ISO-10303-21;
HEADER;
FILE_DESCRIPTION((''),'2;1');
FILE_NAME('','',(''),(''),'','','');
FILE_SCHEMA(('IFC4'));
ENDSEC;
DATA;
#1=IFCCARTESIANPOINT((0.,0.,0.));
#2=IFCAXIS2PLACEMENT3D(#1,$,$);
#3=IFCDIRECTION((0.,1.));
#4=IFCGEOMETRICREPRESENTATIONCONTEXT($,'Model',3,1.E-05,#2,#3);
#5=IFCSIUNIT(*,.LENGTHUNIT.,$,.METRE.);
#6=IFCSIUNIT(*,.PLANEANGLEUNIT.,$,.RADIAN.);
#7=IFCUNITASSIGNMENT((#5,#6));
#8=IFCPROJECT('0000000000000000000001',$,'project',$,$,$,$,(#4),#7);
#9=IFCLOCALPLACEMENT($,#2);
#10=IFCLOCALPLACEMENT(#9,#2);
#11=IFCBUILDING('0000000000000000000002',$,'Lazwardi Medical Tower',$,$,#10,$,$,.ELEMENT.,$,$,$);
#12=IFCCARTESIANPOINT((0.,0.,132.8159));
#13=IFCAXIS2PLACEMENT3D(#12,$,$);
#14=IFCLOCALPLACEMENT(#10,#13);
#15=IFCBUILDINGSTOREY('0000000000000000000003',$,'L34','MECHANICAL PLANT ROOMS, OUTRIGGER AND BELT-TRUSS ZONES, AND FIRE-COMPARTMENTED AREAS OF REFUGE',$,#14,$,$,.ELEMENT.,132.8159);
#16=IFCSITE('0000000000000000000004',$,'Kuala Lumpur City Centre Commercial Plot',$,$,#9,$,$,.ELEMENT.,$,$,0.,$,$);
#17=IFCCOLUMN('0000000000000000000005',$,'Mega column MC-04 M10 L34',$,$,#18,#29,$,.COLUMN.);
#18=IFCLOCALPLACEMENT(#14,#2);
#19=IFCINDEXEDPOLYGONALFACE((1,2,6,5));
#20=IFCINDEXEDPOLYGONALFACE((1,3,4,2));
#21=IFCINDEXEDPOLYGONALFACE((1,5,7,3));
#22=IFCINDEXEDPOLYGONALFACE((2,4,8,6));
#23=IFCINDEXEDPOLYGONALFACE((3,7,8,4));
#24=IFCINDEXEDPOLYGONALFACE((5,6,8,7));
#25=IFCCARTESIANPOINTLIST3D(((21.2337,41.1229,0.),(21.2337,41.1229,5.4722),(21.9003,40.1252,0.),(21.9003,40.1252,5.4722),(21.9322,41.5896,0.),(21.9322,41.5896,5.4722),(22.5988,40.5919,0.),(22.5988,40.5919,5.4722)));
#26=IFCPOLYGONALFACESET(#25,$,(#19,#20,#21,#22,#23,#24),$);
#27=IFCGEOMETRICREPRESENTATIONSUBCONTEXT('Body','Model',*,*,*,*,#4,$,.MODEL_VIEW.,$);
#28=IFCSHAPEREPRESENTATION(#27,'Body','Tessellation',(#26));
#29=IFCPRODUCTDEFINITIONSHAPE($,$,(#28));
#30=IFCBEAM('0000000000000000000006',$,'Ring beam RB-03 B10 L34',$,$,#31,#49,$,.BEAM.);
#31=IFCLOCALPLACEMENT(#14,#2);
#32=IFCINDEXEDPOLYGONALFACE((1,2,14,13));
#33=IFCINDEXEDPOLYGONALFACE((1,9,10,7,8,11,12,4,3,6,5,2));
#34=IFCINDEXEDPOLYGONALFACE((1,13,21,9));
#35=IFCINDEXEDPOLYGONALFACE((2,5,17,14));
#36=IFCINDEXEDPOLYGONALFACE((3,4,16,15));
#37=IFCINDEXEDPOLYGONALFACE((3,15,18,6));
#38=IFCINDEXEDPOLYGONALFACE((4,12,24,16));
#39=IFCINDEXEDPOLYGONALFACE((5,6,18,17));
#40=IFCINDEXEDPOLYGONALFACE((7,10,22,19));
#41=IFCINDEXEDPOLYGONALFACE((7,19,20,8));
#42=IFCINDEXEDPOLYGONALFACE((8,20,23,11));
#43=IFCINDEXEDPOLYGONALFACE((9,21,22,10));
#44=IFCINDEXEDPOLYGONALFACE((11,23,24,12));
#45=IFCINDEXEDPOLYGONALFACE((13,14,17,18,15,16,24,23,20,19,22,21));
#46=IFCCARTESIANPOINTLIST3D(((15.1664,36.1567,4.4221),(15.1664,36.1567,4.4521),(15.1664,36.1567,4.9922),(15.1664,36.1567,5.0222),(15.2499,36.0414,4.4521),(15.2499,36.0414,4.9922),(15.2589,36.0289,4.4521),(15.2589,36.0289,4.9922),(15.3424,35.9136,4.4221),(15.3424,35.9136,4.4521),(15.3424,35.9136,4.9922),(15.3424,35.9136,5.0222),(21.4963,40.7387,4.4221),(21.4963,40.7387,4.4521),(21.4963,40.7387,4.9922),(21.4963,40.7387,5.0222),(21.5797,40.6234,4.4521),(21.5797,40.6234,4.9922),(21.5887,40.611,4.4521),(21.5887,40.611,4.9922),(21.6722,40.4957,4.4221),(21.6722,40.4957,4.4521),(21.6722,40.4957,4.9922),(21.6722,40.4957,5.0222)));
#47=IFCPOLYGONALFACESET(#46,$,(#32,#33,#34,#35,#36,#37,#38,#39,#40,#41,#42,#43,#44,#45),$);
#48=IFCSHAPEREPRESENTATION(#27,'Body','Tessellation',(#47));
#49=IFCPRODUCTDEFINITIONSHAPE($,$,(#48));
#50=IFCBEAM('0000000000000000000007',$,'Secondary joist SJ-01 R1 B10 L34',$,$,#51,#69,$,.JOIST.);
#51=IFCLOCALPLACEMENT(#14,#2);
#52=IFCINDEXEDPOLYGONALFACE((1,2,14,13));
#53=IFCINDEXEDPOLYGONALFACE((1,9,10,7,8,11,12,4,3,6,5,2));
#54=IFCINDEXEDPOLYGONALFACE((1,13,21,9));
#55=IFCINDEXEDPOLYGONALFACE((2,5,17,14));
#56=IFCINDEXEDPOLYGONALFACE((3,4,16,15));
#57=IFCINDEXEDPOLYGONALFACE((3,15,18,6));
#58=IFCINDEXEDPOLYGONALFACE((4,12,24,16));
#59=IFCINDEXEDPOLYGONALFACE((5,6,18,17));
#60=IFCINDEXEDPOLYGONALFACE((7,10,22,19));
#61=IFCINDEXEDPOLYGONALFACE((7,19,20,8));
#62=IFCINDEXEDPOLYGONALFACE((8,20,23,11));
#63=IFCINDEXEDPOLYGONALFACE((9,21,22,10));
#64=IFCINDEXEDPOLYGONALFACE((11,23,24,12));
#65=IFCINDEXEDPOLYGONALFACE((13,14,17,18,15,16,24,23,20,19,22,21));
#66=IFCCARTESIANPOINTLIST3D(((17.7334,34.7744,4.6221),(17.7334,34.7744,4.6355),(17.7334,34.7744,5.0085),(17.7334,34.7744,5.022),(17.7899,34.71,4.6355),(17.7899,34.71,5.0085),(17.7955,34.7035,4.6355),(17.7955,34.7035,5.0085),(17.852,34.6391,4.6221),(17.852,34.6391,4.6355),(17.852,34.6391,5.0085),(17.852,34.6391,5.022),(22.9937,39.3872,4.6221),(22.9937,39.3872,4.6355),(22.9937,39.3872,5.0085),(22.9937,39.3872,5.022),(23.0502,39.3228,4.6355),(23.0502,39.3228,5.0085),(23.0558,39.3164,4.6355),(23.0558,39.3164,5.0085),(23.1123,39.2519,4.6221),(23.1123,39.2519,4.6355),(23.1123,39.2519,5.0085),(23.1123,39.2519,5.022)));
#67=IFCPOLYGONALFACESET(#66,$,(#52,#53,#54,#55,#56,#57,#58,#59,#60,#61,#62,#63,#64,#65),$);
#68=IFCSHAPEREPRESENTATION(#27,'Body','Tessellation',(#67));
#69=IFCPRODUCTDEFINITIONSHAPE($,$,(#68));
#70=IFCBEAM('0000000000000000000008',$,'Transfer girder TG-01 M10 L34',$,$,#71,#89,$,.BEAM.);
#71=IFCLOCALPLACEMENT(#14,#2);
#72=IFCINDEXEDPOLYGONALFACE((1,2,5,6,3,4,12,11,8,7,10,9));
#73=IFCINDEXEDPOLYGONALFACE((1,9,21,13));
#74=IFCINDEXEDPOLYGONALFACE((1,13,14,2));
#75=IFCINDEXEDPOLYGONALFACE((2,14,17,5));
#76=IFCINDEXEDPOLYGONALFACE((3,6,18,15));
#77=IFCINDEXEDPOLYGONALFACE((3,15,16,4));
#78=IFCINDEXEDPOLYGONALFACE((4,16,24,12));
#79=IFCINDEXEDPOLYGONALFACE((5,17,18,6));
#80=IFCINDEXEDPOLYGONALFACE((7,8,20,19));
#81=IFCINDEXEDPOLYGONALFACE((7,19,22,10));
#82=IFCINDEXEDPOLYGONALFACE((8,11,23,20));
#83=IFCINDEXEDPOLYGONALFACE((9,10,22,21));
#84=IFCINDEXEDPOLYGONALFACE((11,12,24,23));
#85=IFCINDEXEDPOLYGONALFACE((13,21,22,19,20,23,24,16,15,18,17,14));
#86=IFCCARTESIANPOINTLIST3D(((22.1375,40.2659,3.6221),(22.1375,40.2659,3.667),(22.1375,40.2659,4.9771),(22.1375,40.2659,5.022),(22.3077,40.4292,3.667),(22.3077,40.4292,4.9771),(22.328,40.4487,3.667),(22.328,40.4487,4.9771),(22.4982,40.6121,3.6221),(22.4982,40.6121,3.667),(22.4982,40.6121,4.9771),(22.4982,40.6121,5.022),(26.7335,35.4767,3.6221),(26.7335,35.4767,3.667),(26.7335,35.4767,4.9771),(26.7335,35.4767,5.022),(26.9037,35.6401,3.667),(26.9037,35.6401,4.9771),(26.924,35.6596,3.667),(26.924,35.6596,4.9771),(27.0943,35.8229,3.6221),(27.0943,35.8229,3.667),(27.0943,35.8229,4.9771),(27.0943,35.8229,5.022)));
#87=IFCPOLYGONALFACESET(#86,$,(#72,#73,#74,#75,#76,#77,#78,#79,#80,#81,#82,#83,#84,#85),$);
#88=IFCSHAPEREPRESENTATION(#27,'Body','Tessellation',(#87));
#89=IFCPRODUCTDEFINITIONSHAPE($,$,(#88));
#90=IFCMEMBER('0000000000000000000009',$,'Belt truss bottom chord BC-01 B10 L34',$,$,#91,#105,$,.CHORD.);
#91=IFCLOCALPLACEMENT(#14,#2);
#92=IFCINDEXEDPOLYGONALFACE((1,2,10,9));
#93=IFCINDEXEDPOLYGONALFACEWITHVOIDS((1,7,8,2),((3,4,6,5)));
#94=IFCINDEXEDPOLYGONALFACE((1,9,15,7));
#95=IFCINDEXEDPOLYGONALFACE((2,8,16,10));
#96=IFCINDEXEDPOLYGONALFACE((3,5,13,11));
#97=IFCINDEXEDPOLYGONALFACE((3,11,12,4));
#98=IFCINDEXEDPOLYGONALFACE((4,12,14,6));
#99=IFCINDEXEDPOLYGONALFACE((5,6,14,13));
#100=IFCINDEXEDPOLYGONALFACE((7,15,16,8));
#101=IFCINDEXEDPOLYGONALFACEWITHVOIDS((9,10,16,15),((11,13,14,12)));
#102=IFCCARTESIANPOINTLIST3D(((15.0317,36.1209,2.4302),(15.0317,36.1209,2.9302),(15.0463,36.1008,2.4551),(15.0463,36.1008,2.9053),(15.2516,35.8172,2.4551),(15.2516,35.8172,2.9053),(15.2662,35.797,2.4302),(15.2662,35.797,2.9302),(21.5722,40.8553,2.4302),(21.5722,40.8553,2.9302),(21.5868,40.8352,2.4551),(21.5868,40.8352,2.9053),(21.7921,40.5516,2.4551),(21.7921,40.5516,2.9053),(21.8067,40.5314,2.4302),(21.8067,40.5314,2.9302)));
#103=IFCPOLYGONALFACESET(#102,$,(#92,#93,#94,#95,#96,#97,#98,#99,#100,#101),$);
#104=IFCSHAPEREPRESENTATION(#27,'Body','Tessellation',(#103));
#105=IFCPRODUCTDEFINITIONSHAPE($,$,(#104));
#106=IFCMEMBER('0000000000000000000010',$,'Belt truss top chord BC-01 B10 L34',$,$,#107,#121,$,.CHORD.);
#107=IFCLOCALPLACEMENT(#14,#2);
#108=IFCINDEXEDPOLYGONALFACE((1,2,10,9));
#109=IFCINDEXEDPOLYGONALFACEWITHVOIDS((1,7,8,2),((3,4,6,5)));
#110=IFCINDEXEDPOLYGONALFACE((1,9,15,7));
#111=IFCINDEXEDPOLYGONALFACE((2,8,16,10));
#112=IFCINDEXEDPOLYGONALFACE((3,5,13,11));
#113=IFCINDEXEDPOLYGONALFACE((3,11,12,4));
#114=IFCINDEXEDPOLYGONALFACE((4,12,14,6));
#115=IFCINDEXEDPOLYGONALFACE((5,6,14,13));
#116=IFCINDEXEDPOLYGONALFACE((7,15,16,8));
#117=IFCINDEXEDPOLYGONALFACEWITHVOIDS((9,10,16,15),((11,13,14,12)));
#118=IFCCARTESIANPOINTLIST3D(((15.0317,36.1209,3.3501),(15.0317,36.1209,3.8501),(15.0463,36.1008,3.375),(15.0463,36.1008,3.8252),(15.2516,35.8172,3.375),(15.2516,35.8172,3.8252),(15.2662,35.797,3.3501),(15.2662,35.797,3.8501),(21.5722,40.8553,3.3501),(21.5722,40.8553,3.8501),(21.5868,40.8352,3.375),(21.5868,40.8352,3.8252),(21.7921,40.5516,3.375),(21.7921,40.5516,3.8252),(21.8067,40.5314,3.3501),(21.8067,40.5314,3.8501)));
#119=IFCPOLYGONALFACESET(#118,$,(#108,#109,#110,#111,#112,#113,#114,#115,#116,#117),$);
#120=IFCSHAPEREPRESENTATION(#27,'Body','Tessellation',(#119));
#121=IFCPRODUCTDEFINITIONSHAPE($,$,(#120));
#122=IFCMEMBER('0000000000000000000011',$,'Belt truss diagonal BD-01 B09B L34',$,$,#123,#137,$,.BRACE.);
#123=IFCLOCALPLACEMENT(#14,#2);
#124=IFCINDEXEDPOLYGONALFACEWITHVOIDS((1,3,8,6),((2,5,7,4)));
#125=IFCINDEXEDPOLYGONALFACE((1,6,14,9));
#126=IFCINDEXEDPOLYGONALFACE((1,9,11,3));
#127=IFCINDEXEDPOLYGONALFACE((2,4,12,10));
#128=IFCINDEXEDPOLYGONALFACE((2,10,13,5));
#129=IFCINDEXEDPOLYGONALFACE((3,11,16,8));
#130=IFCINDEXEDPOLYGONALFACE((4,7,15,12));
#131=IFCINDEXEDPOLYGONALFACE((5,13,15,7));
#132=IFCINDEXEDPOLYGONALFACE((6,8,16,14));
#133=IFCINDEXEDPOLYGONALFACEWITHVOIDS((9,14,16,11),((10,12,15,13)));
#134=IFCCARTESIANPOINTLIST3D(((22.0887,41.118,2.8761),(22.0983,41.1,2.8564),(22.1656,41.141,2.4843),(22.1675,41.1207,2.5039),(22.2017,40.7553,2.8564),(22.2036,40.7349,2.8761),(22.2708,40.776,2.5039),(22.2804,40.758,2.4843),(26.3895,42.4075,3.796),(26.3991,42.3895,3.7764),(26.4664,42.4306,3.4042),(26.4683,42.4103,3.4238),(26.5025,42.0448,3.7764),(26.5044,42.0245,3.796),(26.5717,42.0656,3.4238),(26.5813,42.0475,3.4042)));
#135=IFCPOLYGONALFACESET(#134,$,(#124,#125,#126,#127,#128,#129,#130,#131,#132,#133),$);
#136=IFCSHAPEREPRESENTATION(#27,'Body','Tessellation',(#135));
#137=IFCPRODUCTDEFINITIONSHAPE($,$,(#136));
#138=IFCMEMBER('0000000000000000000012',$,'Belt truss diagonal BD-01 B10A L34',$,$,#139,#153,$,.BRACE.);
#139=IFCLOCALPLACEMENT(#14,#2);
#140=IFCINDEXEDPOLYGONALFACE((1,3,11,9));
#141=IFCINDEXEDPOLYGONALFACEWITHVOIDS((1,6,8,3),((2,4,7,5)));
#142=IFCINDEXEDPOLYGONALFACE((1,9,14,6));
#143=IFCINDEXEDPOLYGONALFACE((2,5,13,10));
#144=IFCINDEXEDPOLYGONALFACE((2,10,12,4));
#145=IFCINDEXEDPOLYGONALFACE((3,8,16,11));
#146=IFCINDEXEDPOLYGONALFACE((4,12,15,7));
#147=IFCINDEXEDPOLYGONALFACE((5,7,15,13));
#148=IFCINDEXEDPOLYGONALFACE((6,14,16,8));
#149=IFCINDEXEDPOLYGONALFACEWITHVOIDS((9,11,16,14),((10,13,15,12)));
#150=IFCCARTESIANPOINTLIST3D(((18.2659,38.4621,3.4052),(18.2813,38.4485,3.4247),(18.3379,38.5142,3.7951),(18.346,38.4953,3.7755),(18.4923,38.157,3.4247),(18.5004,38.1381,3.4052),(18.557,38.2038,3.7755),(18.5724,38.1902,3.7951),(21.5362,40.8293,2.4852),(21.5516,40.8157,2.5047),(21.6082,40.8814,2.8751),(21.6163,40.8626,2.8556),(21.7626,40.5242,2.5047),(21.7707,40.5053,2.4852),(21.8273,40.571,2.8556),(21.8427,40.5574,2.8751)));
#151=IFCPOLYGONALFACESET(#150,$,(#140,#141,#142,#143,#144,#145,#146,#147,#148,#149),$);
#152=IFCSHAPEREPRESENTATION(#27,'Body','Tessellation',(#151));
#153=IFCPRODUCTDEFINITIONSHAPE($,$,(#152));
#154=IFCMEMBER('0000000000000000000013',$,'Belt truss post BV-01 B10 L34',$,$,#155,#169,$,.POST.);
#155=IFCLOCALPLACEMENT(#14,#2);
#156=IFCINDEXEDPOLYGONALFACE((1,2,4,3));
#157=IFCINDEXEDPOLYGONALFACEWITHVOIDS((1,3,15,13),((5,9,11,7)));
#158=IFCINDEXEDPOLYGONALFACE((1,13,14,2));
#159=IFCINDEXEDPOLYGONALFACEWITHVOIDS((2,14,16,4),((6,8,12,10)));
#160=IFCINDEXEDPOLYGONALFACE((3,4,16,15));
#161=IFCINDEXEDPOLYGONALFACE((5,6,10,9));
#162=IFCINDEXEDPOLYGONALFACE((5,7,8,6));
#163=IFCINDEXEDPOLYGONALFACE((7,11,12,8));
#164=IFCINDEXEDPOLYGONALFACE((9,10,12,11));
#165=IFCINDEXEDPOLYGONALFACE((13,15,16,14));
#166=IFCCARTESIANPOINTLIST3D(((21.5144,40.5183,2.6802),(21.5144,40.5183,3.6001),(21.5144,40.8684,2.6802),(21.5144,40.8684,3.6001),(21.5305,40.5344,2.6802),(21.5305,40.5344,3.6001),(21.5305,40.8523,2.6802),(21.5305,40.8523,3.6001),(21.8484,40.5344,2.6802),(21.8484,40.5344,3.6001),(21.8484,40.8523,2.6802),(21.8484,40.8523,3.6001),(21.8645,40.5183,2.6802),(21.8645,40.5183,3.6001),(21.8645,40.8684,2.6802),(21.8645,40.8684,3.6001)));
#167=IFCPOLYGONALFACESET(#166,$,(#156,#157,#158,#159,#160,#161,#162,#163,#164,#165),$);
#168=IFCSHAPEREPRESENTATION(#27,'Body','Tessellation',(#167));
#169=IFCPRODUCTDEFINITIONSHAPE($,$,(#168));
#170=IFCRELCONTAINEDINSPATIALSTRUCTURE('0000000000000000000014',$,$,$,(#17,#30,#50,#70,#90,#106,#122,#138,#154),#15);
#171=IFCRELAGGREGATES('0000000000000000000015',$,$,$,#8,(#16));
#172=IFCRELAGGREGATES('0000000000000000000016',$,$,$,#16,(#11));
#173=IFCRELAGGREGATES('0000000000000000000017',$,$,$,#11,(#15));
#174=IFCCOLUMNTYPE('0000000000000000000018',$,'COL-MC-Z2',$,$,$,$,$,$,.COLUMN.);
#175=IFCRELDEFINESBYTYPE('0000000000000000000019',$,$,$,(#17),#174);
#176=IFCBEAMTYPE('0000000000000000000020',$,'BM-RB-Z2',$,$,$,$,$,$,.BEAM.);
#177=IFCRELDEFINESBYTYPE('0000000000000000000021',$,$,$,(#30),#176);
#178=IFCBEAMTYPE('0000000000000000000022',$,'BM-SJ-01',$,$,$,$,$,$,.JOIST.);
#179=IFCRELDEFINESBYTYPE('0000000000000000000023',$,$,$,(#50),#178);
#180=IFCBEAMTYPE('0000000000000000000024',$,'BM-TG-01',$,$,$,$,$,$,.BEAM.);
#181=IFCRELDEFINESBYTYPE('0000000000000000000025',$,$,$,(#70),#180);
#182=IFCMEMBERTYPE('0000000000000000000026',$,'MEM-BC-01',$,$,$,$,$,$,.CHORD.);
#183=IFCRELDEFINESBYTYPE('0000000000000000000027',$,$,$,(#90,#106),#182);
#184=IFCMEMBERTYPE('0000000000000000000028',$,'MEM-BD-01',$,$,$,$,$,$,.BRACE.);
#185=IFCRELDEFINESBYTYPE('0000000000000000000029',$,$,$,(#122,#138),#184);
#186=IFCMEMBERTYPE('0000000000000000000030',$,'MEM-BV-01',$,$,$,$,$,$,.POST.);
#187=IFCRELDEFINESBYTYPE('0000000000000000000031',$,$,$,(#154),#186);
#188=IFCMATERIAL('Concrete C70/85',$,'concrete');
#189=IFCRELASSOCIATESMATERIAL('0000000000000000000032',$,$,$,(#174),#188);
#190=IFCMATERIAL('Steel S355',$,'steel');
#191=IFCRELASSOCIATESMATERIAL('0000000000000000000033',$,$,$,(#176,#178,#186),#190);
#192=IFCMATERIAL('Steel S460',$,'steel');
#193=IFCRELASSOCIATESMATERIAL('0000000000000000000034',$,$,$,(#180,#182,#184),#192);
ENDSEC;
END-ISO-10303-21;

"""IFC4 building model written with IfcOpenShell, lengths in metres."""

from ifc_helpers import new_model, si_unit, direction, frame, origin, origin_2d, place, context, subcontext, project, spatial, rectangle, hollow_rectangle, i_section, extrude, material, material_profile, profile_set, type_object, element, save


model = new_model("IFC4")

# Units and contexts
model_context = context("Model", 3, precision=1e-05, world=origin(), true_north=direction((0.0, 1.0)))
body_context = subcontext(model_context, "Body", "Model", "MODEL_VIEW")
ifc_project = project(units=[si_unit("LENGTHUNIT", "METRE"), si_unit("PLANEANGLEUNIT", "RADIAN")], contexts=[model_context])

# Site, building, storey
site_placement = place(None, origin())
site = spatial("IfcSite", under=ifc_project, at=site_placement, Name="Kuala Lumpur City Centre Commercial Plot", CompositionType="ELEMENT", RefElevation=0.0)
building_placement = place(site_placement, origin())
building = spatial("IfcBuilding", under=site, at=building_placement, Name="Lazwardi Medical Tower", CompositionType="ELEMENT")
storey_placement = place(building_placement, frame((0.0, 0.0, 132.8159)))
storey = spatial("IfcBuildingStorey", under=building, at=storey_placement, Name="L34", Description="MECHANICAL PLANT ROOMS, OUTRIGGER AND BELT-TRUSS ZONES, AND FIRE-COMPARTMENTED AREAS OF REFUGE", CompositionType="ELEMENT", Elevation=132.8159)

# Column
ifc_material_1 = material(Name="Concrete C70/85", Category="concrete")
ifc_material_profile_1 = material_profile(ifc_material_1, rectangle(XDim=1.2, YDim=0.8401, at=origin_2d()), Name="CFT-RECT 1200x840")
ifc_profile_set_1 = profile_set([ifc_material_profile_1], Name="Concrete C70/85")
column_type = type_object("IfcColumnType", Name="COL-MC-Z2", PredefinedType="COLUMN", material=ifc_profile_set_1)
column_placement = place(storey_placement, frame((21.9163, 40.8574, 0.0), z_axis=(0.0, 0.0, 1.0), x_axis=(-0.55557, 0.83147, 0.0)))
element("IfcColumn", 1, at=column_placement, inside=storey, type_object=column_type, Name="Mega column MC-04 M10 L34", PredefinedType="COLUMN", context=body_context, shape_type="SweptSolid", body=[
    extrude(rectangle(XDim=1.2, YDim=0.8401, at=origin_2d()), origin(), (0.0, 0.0, 1.0), 5.4722),
])

# Beams
ifc_material_2 = material(Name="Steel S355", Category="steel")
ifc_material_profile_2 = material_profile(ifc_material_2, i_section(OverallWidth=0.3, OverallDepth=0.6001, WebThickness=0.0154, FlangeThickness=0.03, at=origin_2d()), Name="HEB 600")
ifc_profile_set_2 = profile_set([ifc_material_profile_2], Name="Steel S355")
beam_type_1 = type_object("IfcBeamType", Name="BM-RB-Z2", PredefinedType="BEAM", material=ifc_profile_set_2)
beam_1_placement = place(storey_placement, frame((21.5842, 40.6172, 4.7222), z_axis=(-0.810042, -0.586372, 0.0), x_axis=(0.586372, -0.810042, 0.0)))
element("IfcBeam", 2, at=beam_1_placement, inside=storey, type_object=beam_type_1, Name="Ring beam RB-03 B10 L34", PredefinedType="BEAM", context=body_context, shape_type="SweptSolid", body=[
    extrude(i_section(OverallWidth=0.3, OverallDepth=0.6001, WebThickness=0.0154, FlangeThickness=0.03, at=origin_2d()), origin(), (0.0, 0.0, 1.0), 7.8142),
])
ifc_material_profile_3 = material_profile(ifc_material_2, i_section(OverallWidth=0.1799, OverallDepth=0.3999, WebThickness=0.0085, FlangeThickness=0.0134, at=origin_2d()), Name="IPE 400")
ifc_profile_set_3 = profile_set([ifc_material_profile_3], Name="Steel S355")
beam_type_2 = type_object("IfcBeamType", Name="BM-SJ-01", PredefinedType="JOIST", material=ifc_profile_set_3)
beam_2_placement = place(storey_placement, frame((23.053, 39.3196, 4.822), z_axis=(-0.751863, -0.659319, 0.0), x_axis=(0.659319, -0.751863, 0.0)))
element("IfcBeam", 3, at=beam_2_placement, inside=storey, type_object=beam_type_2, Name="Secondary joist SJ-01 R1 B10 L34", PredefinedType="JOIST", context=body_context, shape_type="SweptSolid", body=[
    extrude(i_section(OverallWidth=0.1799, OverallDepth=0.3999, WebThickness=0.0085, FlangeThickness=0.0134, at=origin_2d()), origin(), (0.0, 0.0, 1.0), 6.9963),
])
ifc_material_3 = material(Name="Steel S460", Category="steel")
ifc_material_profile_4 = material_profile(ifc_material_3, i_section(OverallWidth=0.5, OverallDepth=1.3999, WebThickness=0.0281, FlangeThickness=0.0449, at=origin_2d()), Name="PG 1400x500")
ifc_profile_set_4 = profile_set([ifc_material_profile_4], Name="Steel S460")
beam_type_3 = type_object("IfcBeamType", Name="BM-TG-01", PredefinedType="BEAM", material=ifc_profile_set_4)
beam_3_placement = place(storey_placement, frame((22.3179, 40.439, 4.322), z_axis=(0.69241, -0.721504, 0.0), x_axis=(0.721504, 0.69241, 0.0)))
element("IfcBeam", 4, at=beam_3_placement, inside=storey, type_object=beam_type_3, Name="Transfer girder TG-01 M10 L34", PredefinedType="BEAM", context=body_context, shape_type="SweptSolid", body=[
    extrude(i_section(OverallWidth=0.5, OverallDepth=1.3999, WebThickness=0.0281, FlangeThickness=0.0449, at=origin_2d()), origin(), (0.0, 0.0, 1.0), 6.6377),
])

# Members
ifc_material_profile_5 = material_profile(ifc_material_3, hollow_rectangle(XDim=0.3999, YDim=0.5, WallThickness=0.0249, at=origin_2d()), Name="RHS 500x400x25")
ifc_profile_set_5 = profile_set([ifc_material_profile_5], Name="Steel S460")
member_type_1 = type_object("IfcMemberType", Name="MEM-BC-01", PredefinedType="CHORD", material=ifc_profile_set_5)
for number, where, z_axis, x_axis, name in (
    (5, (21.6895, 40.6934, 2.6802), (-0.810052, -0.586358, 0.0), (0.586358, -0.810052, 0.0), "Belt truss bottom chord BC-01 B10 L34"),
    (6, (21.6895, 40.6934, 3.6001), (-0.810052, -0.586358, 0.0), (0.586358, -0.810052, 0.0), "Belt truss top chord BC-01 B10 L34"),
):
    element("IfcMember", number, at=place(storey_placement, frame(where, z_axis=z_axis, x_axis=x_axis)), inside=storey, type_object=member_type_1, Name=name, PredefinedType="CHORD", context=body_context, shape_type="SweptSolid", body=[
        extrude(hollow_rectangle(XDim=0.3999, YDim=0.5, WallThickness=0.0249, at=origin_2d()), origin(), (0.0, 0.0, 1.0), 8.0742),
    ])
ifc_material_profile_6 = material_profile(ifc_material_3, hollow_rectangle(XDim=0.3999, YDim=0.3999, WallThickness=0.02, at=origin_2d()), Name="RHS 400x400x20")
ifc_profile_set_6 = profile_set([ifc_material_profile_6], Name="Steel S460")
member_type_2 = type_object("IfcMemberType", Name="MEM-BD-01", PredefinedType="BRACE", material=ifc_profile_set_6)
member_1_placement = place(storey_placement, frame((22.1846, 40.938, 2.6802), z_axis=(0.938375, 0.281363, 0.200715), x_axis=(-0.287208, 0.957868, 0.0)))
element("IfcMember", 7, at=member_1_placement, inside=storey, type_object=member_type_2, Name="Belt truss diagonal BD-01 B09B L34", PredefinedType="BRACE", context=body_context, shape_type="SweptSolid", body=[
    extrude(hollow_rectangle(XDim=0.3999, YDim=0.3999, WallThickness=0.02, at=origin_2d()), origin(), (0.0, 0.0, 1.0), 4.5833),
])
member_2_placement = place(storey_placement, frame((21.6895, 40.6934, 2.6802), z_axis=(-0.789807, -0.571703, 0.222172), x_axis=(0.586358, -0.810052, 0.0)))
element("IfcMember", 8, at=member_2_placement, inside=storey, type_object=member_type_2, Name="Belt truss diagonal BD-01 B10A L34", PredefinedType="BRACE", context=body_context, shape_type="SweptSolid", body=[
    extrude(hollow_rectangle(XDim=0.3999, YDim=0.3999, WallThickness=0.02, at=origin_2d()), origin(), (0.0, 0.0, 1.0), 4.1406),
])
ifc_material_profile_7 = material_profile(ifc_material_2, hollow_rectangle(XDim=0.3501, YDim=0.3501, WallThickness=0.0161, at=origin_2d()), Name="RHS 350x350x16")
ifc_profile_set_7 = profile_set([ifc_material_profile_7], Name="Steel S355")
member_type_3 = type_object("IfcMemberType", Name="MEM-BV-01", PredefinedType="POST", material=ifc_profile_set_7)
member_3_placement = place(storey_placement, frame((21.6895, 40.6934, 2.6802), z_axis=(0.0, 0.0, 1.0), x_axis=(1.0, 0.0, 0.0)))
element("IfcMember", 9, at=member_3_placement, inside=storey, type_object=member_type_3, Name="Belt truss post BV-01 B10 L34", PredefinedType="POST", context=body_context, shape_type="SweptSolid", body=[
    extrude(hollow_rectangle(XDim=0.3501, YDim=0.3501, WallThickness=0.0161, at=origin_2d()), origin(), (0.0, 0.0, 1.0), 0.9199),
])

save(model, "model.ifc")
